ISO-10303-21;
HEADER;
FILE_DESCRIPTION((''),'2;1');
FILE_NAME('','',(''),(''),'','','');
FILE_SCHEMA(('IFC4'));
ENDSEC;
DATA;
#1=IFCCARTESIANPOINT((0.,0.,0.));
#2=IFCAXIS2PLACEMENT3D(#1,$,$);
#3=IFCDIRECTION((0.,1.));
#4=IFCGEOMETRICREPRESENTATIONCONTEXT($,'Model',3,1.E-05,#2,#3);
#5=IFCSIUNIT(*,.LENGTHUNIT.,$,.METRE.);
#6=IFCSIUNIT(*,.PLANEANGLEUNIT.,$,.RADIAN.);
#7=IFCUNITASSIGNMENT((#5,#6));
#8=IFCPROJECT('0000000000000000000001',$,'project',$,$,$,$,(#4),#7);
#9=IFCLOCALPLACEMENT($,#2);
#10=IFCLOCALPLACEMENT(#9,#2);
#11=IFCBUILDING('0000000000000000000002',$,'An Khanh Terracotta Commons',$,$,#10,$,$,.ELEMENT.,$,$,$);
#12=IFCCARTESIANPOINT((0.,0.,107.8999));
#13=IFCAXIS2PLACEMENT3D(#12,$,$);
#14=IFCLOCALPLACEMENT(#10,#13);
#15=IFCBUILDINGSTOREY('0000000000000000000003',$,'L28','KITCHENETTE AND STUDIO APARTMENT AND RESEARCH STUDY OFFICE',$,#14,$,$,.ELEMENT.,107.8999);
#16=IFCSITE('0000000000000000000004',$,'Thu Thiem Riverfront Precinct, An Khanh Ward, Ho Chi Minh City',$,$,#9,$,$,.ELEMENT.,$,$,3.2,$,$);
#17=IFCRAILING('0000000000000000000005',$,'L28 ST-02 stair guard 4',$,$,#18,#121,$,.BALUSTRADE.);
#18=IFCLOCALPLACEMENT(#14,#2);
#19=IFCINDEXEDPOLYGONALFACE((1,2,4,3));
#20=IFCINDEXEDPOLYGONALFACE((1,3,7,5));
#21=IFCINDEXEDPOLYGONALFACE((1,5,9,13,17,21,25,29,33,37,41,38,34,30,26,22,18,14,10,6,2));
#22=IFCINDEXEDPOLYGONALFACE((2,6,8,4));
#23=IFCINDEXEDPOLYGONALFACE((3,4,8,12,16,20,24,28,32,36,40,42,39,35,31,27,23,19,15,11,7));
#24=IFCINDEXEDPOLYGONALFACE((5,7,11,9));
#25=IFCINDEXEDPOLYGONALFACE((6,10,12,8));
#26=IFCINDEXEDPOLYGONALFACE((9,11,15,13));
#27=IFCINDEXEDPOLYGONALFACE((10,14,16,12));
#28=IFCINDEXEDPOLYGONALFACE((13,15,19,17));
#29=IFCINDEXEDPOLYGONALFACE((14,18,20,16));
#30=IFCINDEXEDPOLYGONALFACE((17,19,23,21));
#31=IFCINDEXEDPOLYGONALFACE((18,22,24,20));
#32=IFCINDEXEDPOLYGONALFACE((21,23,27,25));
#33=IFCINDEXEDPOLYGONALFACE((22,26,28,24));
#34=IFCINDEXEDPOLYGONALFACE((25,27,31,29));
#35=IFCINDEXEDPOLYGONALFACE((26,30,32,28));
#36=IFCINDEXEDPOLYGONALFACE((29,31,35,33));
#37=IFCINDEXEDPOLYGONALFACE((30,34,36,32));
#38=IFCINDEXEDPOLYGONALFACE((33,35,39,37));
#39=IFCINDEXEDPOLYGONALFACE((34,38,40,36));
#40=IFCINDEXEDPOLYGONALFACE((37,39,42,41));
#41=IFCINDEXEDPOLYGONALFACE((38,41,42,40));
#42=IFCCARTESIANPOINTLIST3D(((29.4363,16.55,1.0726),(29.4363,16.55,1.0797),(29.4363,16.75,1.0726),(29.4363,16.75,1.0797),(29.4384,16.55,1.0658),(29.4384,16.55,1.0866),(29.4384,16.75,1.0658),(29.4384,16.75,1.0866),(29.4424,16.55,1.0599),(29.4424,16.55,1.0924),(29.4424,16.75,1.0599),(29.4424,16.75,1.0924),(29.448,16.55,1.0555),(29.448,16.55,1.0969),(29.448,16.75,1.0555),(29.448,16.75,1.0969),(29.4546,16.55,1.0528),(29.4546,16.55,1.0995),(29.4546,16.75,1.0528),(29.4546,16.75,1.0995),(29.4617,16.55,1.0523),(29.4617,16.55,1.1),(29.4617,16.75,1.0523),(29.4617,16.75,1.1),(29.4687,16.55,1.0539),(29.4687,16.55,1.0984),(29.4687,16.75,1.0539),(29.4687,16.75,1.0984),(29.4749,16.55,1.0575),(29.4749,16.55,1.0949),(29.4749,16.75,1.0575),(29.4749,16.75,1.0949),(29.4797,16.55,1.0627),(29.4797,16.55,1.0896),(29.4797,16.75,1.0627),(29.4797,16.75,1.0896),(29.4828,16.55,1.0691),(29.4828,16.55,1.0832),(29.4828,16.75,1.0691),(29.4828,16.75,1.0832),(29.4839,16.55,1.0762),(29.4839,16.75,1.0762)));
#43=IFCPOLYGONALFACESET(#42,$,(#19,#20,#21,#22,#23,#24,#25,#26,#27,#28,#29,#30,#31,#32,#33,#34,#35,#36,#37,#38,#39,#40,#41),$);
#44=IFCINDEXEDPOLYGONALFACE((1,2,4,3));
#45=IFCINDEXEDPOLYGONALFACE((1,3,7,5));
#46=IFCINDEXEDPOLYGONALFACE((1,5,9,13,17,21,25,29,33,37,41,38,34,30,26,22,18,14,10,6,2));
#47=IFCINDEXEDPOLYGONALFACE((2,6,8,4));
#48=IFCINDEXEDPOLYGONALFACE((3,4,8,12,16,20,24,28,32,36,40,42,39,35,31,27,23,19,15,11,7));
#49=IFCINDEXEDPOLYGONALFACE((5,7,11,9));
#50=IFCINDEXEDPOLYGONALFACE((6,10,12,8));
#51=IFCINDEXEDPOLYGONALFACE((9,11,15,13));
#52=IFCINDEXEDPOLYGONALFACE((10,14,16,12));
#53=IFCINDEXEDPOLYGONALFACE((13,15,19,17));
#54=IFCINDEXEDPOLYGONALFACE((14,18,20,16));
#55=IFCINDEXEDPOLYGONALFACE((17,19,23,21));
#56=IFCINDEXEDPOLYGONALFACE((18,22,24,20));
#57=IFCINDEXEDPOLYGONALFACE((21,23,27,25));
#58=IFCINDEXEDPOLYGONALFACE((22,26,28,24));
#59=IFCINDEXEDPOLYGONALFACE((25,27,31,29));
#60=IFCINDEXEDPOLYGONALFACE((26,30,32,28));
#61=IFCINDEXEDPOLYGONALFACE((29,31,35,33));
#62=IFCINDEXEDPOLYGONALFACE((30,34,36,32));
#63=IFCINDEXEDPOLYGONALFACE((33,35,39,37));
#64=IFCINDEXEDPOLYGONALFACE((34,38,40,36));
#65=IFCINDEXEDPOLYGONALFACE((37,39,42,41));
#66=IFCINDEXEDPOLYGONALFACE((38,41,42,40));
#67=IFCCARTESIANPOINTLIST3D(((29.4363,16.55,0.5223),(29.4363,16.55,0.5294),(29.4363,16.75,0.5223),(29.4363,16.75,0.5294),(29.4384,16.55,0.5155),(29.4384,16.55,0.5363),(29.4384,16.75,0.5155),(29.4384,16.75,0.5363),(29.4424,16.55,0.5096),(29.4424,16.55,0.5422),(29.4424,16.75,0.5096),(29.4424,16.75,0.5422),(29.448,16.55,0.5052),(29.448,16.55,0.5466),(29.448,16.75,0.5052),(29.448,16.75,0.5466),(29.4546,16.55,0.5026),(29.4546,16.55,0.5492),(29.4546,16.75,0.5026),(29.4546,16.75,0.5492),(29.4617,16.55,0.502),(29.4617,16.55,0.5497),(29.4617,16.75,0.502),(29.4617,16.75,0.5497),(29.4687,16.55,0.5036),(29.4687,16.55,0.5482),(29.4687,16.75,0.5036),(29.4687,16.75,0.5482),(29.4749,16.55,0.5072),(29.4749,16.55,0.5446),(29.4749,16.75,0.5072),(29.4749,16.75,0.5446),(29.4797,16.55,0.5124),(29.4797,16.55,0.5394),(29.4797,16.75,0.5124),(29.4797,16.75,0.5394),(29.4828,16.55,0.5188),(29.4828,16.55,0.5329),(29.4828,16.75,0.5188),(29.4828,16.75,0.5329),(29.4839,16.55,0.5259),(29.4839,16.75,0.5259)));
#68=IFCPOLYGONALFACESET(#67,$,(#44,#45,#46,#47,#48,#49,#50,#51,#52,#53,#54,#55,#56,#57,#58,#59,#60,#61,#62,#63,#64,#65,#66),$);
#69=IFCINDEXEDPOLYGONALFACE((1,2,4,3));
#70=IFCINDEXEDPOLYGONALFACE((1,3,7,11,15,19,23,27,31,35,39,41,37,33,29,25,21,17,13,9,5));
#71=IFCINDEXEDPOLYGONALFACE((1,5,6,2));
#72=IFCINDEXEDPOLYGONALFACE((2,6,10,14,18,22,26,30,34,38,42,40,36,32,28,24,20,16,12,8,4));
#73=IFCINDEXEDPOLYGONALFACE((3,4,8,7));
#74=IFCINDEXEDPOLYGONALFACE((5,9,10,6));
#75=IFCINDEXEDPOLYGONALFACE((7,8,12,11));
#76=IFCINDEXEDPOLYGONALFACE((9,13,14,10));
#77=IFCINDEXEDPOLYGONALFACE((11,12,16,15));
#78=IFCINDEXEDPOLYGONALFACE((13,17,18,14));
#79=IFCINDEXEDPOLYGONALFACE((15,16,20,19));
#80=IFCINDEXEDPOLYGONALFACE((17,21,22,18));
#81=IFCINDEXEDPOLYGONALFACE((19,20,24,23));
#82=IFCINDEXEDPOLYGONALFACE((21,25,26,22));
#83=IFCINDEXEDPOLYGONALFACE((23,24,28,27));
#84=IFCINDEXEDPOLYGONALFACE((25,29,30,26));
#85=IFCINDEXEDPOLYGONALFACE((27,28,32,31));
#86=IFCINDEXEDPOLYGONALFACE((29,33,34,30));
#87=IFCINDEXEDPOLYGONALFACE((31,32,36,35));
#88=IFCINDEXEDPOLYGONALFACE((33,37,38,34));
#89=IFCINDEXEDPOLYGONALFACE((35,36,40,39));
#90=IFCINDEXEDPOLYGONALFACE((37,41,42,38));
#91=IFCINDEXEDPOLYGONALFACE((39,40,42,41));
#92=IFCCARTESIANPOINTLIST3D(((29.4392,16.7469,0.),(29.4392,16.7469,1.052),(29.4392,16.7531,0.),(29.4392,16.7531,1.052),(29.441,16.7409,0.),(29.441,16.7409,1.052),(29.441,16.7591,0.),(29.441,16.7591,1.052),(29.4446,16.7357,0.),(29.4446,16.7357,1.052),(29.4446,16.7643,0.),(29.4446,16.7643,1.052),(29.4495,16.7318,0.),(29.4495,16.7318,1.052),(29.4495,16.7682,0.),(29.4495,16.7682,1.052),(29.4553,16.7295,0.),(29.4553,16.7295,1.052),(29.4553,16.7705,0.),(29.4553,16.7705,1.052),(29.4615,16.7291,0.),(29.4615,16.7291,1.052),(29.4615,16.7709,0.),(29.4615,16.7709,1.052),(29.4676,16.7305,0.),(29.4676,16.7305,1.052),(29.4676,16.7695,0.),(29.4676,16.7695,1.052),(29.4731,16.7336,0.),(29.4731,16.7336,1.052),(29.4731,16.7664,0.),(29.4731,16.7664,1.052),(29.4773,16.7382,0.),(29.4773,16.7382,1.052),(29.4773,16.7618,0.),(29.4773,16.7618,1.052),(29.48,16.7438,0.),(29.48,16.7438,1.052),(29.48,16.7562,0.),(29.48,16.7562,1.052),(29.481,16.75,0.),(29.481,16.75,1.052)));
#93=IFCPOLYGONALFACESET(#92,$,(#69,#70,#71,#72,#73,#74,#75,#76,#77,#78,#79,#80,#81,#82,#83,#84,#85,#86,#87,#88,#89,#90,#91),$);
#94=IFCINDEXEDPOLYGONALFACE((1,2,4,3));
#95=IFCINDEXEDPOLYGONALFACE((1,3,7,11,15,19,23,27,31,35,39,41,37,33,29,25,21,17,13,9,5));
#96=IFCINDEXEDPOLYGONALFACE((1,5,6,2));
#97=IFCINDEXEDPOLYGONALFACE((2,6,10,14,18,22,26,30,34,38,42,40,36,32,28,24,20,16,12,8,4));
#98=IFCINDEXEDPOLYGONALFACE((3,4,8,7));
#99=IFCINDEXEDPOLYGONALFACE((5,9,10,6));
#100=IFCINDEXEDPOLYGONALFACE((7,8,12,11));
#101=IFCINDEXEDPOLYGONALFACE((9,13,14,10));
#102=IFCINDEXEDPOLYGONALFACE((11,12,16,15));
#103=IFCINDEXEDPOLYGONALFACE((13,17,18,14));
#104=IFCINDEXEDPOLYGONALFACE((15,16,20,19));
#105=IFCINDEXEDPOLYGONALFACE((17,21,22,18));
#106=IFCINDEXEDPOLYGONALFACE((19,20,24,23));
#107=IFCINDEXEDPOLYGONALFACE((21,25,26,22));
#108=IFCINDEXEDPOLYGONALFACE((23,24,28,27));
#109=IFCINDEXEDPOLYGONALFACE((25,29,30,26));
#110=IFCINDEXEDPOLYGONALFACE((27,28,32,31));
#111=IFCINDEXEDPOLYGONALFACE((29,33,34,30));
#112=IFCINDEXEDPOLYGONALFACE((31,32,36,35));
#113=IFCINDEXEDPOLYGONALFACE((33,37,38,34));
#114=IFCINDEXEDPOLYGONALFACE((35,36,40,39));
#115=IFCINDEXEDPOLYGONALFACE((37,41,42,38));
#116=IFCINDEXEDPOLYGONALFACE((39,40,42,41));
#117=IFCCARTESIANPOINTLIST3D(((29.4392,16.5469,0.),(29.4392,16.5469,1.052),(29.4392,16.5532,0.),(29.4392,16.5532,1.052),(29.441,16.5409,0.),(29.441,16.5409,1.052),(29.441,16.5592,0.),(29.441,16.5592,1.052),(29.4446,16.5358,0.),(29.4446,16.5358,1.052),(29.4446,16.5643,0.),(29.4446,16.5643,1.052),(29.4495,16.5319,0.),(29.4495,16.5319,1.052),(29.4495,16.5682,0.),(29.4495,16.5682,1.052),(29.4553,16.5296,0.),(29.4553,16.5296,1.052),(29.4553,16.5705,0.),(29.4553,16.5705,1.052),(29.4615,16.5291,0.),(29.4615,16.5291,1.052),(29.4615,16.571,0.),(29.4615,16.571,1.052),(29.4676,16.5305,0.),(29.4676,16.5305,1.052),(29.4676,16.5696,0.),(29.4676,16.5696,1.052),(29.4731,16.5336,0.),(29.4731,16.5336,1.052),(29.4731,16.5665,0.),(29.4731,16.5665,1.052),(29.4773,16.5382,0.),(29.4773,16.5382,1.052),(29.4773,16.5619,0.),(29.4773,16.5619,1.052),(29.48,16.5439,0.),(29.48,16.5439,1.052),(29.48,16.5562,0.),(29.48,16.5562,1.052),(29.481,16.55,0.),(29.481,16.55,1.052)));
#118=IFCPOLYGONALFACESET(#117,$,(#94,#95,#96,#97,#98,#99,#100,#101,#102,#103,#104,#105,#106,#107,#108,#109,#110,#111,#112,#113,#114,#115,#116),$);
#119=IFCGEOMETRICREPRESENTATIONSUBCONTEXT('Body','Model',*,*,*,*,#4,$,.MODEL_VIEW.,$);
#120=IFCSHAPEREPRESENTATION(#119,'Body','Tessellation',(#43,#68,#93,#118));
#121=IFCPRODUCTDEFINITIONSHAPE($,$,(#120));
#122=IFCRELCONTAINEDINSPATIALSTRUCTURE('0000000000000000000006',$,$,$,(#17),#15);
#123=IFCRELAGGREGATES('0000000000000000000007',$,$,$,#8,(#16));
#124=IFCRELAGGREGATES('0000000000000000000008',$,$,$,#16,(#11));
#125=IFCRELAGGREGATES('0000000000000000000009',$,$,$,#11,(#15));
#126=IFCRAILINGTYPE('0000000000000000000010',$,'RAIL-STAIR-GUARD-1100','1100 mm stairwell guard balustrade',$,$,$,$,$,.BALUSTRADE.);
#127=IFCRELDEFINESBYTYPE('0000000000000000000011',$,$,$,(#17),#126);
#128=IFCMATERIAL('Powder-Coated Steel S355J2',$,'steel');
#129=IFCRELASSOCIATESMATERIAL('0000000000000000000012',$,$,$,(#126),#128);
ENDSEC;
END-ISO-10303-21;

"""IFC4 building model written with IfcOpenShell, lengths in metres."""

from ifc_helpers import new_model, si_unit, direction, frame, origin, origin_2d, place, context, subcontext, project, spatial, circle, extrude, material, type_object, element, save


model = new_model("IFC4")

# Units and contexts
model_context = context("Model", 3, precision=1e-05, world=origin(), true_north=direction((0.0, 1.0)))
body_context = subcontext(model_context, "Body", "Model", "MODEL_VIEW")
ifc_project = project(units=[si_unit("LENGTHUNIT", "METRE"), si_unit("PLANEANGLEUNIT", "RADIAN")], contexts=[model_context])

# Site, building, storey
site_placement = place(None, origin())
site = spatial("IfcSite", under=ifc_project, at=site_placement, Name="Thu Thiem Riverfront Precinct, An Khanh Ward, Ho Chi Minh City", CompositionType="ELEMENT", RefElevation=3.2)
building_placement = place(site_placement, origin())
building = spatial("IfcBuilding", under=site, at=building_placement, Name="An Khanh Terracotta Commons", CompositionType="ELEMENT")
storey_placement = place(building_placement, frame((0.0, 0.0, 107.8999)))
storey = spatial("IfcBuildingStorey", under=building, at=storey_placement, Name="L28", Description="KITCHENETTE AND STUDIO APARTMENT AND RESEARCH STUDY OFFICE", CompositionType="ELEMENT", Elevation=107.8999)

# Railing
ifc_material_1 = material(Name="Powder-Coated Steel S355J2", Category="steel")
railing_type_1 = type_object("IfcRailingType", Name="RAIL-STAIR-GUARD-1100", Description="1100 mm stairwell guard balustrade", PredefinedType="BALUSTRADE", material=ifc_material_1)
railing_1_placement = place(storey_placement, frame((29.46, 16.75, 0.0)))
element("IfcRailing", 1, at=railing_1_placement, inside=storey, type_object=railing_type_1, Name="L28 ST-02 stair guard 4", PredefinedType="BALUSTRADE", context=body_context, shape_type="SweptSolid", body=[
    extrude(circle(Radius=0.0239, at=origin_2d()), frame((0.0, 0.0, 1.0762), z_axis=(0.0, -1.0, 0.0), x_axis=(1.0, 0.0, 0.0)), (0.0, 0.0, 1.0), 0.2),
    extrude(circle(Radius=0.0239, at=origin_2d()), frame((0.0, 0.0, 0.5259), z_axis=(0.0, -1.0, 0.0), x_axis=(1.0, 0.0, 0.0)), (0.0, 0.0, 1.0), 0.2),
    extrude(circle(Radius=0.021, at=origin_2d()), origin(), (0.0, 0.0, 1.0), 1.052),
    extrude(circle(Radius=0.021, at=origin_2d()), frame((0.0, -0.2, 0.0)), (0.0, 0.0, 1.0), 1.052),
])

save(model, "model.ifc")
